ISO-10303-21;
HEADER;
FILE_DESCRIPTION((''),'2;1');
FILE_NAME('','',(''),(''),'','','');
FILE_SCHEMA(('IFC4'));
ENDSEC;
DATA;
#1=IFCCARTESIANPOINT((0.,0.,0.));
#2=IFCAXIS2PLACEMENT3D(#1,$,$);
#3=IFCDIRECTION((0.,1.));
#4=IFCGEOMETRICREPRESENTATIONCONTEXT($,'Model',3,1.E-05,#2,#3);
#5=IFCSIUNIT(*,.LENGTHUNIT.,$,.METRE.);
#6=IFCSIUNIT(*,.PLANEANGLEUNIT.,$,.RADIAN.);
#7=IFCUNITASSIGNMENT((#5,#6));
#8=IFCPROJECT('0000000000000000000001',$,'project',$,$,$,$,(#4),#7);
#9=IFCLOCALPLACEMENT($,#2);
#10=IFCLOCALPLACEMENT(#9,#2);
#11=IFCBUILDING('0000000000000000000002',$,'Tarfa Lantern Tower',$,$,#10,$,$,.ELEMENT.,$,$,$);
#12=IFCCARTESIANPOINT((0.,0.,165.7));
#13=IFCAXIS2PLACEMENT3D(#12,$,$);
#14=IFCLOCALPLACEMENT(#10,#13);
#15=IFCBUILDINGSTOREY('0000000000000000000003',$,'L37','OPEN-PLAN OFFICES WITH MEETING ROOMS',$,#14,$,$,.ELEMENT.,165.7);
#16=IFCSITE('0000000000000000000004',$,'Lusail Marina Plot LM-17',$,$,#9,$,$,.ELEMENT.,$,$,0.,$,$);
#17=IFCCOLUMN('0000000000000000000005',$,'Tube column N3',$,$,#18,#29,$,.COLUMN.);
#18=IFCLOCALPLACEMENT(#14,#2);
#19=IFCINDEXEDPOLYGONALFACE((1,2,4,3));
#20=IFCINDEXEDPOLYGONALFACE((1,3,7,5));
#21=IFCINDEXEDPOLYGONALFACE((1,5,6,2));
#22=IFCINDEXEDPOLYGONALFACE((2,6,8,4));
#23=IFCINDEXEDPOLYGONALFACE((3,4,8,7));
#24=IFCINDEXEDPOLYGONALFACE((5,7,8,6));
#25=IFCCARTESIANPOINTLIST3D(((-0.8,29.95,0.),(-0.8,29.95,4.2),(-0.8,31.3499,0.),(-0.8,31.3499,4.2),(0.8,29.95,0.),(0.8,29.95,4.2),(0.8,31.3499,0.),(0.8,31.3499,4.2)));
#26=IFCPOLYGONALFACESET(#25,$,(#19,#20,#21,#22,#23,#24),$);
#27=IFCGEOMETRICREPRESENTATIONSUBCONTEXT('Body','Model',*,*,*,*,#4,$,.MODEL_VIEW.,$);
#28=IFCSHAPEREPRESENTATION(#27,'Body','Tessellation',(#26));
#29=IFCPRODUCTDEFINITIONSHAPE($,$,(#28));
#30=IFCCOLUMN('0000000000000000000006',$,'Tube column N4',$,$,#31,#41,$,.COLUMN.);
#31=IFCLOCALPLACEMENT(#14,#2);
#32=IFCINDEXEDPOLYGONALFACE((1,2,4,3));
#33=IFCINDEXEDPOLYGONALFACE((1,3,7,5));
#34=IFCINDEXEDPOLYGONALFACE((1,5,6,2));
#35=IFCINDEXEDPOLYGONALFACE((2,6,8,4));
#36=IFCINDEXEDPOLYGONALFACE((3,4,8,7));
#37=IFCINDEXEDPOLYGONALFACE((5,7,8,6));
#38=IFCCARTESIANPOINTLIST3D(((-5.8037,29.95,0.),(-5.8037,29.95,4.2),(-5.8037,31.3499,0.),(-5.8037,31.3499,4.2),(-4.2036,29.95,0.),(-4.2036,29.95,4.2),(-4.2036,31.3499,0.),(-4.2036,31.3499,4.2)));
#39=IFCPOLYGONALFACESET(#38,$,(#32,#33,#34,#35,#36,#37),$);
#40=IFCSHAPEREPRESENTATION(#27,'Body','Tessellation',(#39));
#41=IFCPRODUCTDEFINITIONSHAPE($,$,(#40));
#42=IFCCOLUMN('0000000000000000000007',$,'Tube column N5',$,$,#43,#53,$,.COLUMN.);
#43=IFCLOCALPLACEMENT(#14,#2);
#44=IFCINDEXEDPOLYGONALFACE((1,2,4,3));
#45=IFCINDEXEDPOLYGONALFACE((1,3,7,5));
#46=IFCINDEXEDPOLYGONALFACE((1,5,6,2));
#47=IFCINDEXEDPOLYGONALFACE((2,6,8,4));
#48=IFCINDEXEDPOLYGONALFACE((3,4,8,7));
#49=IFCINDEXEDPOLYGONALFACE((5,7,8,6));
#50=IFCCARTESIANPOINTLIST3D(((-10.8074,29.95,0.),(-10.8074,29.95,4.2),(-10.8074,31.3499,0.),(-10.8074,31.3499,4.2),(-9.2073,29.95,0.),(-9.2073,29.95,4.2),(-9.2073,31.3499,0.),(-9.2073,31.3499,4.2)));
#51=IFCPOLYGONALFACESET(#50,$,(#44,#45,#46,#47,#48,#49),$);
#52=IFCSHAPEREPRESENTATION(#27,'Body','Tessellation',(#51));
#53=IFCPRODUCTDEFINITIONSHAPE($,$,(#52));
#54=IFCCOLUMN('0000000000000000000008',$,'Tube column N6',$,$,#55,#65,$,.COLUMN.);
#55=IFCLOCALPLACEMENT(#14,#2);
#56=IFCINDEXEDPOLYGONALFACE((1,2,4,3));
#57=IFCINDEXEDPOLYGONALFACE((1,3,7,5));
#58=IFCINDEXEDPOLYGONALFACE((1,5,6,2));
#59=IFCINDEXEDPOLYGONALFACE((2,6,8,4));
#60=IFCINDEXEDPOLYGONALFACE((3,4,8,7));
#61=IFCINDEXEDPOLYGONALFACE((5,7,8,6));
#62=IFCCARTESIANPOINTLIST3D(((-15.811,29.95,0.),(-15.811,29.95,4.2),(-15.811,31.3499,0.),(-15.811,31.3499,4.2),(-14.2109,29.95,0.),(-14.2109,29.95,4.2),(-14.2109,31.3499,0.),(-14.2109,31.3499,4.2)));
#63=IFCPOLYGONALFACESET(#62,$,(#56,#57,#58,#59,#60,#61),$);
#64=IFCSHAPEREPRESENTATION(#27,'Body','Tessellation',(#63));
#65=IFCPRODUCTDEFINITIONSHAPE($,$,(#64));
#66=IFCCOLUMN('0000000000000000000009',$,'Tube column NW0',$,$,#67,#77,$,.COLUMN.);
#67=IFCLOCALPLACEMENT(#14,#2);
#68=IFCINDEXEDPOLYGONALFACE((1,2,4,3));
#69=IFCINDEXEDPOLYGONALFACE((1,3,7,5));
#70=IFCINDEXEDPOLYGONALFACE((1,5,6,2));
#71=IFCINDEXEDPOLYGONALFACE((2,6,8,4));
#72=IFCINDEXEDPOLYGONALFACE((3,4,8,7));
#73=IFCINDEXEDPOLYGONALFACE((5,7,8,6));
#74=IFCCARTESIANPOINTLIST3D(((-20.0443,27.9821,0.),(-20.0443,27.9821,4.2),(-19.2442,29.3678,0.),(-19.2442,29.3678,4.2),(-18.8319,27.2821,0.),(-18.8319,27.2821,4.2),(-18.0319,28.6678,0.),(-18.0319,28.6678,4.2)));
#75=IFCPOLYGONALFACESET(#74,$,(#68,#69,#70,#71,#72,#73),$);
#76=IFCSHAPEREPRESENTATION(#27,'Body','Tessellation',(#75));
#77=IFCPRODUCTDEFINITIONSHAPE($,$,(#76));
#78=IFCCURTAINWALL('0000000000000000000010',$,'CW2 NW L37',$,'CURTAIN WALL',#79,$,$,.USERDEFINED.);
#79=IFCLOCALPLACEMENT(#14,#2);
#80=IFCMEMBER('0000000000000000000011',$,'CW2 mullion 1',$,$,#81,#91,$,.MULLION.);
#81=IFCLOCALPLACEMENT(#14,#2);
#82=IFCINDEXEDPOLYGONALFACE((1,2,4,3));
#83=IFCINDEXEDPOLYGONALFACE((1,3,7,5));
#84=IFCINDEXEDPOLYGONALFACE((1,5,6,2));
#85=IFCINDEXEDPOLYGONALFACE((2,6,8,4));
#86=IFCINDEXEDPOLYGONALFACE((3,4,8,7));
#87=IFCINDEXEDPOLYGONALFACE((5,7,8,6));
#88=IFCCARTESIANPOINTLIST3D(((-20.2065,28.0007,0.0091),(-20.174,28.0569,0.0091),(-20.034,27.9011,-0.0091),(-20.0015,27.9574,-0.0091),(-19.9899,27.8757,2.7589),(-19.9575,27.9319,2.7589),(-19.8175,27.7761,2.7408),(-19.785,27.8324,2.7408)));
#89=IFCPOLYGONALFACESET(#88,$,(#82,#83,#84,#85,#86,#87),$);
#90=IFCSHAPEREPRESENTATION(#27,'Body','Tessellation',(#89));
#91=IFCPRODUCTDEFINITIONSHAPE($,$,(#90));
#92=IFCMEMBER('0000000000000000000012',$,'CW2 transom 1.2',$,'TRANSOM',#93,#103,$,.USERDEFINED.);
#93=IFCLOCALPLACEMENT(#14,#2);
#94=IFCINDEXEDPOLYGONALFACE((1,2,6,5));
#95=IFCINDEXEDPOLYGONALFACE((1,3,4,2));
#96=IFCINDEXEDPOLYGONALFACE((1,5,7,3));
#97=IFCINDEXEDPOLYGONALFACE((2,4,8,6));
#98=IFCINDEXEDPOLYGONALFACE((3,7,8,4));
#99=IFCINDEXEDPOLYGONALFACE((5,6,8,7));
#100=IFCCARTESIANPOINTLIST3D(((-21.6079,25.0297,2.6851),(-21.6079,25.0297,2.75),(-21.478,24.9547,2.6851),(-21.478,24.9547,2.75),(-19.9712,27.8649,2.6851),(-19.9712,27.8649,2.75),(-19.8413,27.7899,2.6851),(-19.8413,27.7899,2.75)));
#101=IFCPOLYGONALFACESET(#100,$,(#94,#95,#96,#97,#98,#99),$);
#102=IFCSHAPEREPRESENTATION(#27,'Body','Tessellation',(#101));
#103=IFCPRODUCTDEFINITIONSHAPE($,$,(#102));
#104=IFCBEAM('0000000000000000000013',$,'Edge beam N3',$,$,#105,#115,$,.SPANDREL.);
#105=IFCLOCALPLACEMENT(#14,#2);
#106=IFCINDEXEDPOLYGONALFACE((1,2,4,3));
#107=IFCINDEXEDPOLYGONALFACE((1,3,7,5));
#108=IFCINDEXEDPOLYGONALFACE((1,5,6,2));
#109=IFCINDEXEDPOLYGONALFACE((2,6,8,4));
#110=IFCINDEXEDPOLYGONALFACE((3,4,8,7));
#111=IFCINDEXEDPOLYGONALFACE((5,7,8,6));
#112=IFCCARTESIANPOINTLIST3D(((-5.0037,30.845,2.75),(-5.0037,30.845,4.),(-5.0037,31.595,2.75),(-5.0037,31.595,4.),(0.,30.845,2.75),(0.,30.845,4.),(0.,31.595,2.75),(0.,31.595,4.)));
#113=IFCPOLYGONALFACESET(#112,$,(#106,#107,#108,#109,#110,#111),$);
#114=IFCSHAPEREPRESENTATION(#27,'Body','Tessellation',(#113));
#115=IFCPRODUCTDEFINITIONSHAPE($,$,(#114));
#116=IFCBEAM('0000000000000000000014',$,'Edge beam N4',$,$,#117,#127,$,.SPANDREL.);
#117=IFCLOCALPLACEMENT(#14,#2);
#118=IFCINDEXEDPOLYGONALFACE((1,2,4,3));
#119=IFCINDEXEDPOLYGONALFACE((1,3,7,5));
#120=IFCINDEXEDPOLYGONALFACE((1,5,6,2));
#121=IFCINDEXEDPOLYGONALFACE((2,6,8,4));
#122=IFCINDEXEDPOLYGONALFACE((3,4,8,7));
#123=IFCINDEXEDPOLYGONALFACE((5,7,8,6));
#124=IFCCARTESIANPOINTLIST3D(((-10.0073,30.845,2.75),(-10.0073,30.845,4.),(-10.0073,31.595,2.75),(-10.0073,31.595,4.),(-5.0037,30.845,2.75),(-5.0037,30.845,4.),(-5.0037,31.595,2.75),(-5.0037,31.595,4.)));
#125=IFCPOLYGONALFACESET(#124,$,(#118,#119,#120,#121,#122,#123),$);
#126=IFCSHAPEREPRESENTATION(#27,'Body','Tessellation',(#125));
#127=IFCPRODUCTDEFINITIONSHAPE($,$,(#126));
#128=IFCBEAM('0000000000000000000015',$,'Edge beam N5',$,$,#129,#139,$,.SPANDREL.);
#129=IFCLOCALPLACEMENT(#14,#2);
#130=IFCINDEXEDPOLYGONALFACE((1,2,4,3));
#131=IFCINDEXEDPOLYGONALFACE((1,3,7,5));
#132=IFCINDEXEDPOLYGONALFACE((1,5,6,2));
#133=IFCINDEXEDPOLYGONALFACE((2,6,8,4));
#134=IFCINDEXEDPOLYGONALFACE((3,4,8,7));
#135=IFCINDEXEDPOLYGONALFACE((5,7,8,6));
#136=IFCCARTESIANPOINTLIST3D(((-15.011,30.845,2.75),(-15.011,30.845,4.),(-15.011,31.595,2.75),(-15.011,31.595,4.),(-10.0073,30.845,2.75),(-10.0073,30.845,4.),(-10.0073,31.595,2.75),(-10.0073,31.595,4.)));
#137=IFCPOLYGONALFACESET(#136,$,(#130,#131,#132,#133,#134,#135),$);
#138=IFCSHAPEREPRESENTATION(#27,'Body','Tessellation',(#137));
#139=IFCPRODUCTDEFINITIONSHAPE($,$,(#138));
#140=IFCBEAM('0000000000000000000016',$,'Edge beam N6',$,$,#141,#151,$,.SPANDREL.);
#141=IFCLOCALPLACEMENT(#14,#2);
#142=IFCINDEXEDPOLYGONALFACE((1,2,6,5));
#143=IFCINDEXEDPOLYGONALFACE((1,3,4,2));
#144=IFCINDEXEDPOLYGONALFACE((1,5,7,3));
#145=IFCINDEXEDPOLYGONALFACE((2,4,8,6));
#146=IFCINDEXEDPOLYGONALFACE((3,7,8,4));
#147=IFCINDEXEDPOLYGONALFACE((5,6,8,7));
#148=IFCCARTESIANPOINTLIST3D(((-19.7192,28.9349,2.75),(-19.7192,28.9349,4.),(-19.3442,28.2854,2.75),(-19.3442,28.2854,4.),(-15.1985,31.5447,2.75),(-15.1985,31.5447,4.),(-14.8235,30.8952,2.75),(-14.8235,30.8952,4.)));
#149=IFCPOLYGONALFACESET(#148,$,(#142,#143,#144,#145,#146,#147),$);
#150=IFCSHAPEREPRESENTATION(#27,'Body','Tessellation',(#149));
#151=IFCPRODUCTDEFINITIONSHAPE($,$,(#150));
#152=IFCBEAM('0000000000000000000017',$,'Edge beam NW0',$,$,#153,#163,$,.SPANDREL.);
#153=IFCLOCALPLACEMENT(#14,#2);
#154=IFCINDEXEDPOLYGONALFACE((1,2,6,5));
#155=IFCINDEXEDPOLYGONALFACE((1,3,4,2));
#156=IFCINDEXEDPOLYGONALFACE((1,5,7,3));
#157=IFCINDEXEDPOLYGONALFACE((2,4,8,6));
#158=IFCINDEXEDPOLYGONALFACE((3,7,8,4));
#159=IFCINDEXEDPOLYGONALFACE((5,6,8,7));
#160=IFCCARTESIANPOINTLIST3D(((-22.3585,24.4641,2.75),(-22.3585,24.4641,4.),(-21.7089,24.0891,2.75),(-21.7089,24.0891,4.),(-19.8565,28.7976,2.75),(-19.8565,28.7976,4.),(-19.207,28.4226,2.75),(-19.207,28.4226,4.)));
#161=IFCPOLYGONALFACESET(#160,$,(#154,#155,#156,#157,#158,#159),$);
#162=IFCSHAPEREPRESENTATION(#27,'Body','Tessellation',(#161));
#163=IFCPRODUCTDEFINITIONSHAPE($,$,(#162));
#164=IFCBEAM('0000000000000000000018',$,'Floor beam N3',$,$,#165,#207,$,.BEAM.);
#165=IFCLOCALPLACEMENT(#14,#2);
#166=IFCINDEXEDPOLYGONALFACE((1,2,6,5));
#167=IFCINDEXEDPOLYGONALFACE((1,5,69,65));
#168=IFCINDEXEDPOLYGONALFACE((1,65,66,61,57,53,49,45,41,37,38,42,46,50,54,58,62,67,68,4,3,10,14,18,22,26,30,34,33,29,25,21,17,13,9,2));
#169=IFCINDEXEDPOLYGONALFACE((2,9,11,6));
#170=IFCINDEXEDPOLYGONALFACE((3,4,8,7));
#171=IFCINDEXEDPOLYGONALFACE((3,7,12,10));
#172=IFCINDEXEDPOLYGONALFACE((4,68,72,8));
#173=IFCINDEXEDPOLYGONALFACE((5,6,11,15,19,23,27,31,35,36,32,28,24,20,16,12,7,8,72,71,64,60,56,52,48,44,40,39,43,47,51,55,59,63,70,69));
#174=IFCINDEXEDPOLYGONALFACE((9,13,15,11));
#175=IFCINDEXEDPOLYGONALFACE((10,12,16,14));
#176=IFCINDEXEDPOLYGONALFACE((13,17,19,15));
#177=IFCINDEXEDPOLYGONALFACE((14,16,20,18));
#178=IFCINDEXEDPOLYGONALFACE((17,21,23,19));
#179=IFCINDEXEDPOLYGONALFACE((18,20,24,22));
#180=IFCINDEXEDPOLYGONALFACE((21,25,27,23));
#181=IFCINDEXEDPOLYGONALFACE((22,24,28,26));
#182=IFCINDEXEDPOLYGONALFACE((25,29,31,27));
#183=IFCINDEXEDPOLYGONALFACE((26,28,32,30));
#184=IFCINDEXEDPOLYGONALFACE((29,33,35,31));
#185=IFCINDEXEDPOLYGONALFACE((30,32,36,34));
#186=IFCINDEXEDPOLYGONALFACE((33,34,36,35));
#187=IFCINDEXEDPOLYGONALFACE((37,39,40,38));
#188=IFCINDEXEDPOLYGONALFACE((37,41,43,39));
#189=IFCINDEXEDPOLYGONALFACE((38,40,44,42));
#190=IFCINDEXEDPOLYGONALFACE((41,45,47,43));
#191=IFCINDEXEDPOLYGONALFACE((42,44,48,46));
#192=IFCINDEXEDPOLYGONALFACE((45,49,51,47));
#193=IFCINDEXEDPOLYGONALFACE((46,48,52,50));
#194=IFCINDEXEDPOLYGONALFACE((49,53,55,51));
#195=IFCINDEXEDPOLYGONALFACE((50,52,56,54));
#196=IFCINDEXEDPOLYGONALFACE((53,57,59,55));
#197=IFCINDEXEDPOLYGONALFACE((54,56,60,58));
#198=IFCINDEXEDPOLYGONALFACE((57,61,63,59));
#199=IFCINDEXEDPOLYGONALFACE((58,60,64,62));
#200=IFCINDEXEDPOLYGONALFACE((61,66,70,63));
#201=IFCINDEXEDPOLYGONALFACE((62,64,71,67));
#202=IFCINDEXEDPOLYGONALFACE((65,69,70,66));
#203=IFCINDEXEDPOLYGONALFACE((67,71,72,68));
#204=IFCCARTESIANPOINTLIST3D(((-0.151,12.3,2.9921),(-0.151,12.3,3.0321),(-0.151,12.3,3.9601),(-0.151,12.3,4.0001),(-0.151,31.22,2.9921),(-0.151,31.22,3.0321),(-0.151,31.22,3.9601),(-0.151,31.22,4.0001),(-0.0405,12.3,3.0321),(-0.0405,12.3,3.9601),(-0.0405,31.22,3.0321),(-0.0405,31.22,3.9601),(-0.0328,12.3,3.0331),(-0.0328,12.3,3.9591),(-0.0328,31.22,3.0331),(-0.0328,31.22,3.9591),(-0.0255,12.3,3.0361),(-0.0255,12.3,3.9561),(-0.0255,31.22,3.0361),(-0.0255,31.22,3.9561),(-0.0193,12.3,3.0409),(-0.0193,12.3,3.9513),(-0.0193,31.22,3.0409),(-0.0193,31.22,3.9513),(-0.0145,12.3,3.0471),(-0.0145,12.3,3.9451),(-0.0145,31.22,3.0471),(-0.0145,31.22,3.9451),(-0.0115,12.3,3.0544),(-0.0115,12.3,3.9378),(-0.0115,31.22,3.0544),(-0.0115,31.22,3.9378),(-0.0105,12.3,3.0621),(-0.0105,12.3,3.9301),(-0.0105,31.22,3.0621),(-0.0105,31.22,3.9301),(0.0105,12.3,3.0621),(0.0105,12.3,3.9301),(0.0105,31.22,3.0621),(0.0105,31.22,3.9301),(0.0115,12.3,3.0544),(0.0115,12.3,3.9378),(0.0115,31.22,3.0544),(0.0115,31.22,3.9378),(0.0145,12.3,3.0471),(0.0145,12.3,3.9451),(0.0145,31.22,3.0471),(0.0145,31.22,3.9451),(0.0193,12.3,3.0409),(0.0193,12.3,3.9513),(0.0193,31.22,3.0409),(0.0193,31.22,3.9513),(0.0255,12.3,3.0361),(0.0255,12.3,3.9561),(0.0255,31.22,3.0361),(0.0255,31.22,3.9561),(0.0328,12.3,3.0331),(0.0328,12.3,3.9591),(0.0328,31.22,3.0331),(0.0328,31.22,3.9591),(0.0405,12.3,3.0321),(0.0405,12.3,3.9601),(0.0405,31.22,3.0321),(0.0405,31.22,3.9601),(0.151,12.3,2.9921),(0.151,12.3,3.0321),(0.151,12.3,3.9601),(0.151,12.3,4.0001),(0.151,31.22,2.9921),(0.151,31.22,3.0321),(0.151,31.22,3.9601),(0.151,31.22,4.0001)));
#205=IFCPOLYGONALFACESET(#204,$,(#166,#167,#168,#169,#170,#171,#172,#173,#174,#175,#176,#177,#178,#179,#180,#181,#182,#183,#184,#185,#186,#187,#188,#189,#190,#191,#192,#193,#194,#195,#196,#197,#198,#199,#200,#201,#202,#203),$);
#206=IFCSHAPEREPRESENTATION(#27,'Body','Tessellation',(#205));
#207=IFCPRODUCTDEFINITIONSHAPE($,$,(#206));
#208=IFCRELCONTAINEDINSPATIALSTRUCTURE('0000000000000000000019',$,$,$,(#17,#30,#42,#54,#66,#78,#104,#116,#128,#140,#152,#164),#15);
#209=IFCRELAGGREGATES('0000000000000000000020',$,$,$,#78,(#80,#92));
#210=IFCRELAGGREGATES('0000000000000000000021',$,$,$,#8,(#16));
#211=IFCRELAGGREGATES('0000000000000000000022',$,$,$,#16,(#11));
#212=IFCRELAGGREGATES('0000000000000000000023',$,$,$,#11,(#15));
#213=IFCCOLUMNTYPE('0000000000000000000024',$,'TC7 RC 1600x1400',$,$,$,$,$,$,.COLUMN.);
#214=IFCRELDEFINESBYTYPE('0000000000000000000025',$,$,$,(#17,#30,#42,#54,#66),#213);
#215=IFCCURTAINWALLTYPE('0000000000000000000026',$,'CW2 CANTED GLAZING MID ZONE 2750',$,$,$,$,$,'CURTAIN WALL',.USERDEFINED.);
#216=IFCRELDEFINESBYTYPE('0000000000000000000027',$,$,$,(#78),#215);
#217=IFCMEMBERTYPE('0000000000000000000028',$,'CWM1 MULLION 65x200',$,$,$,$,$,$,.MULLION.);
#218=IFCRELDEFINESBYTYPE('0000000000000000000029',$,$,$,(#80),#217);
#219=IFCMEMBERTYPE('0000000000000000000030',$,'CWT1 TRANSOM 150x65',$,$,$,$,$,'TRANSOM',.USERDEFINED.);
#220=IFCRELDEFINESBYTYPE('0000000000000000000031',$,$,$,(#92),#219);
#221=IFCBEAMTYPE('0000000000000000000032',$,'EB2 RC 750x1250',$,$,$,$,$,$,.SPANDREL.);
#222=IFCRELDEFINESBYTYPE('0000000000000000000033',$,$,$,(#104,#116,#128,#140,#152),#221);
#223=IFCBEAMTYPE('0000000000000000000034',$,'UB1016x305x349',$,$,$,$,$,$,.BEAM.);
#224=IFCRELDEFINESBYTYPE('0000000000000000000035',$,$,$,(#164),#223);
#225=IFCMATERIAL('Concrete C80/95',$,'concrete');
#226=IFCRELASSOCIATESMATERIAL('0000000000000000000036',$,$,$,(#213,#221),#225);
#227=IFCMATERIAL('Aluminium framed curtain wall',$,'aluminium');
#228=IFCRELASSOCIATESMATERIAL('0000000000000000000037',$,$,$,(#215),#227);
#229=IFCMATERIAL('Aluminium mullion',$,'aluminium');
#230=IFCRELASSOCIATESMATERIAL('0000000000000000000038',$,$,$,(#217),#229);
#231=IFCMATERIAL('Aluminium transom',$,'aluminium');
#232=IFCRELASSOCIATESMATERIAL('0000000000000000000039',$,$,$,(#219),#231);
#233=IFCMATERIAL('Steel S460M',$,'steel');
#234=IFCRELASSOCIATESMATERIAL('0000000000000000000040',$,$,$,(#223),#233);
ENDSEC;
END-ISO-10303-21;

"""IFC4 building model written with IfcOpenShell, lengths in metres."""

from ifc_helpers import new_model, si_unit, direction, frame, origin, origin_2d, place, context, subcontext, project, spatial, rectangle, i_section, extrude, material, material_profile, profile_set, type_object, element, aggregate, save


model = new_model("IFC4")

# Units and contexts
model_context = context("Model", 3, precision=1e-05, world=origin(), true_north=direction((0.0, 1.0)))
body_context = subcontext(model_context, "Body", "Model", "MODEL_VIEW")
ifc_project = project(units=[si_unit("LENGTHUNIT", "METRE"), si_unit("PLANEANGLEUNIT", "RADIAN")], contexts=[model_context])

# Site, building, storey
site_placement = place(None, origin())
site = spatial("IfcSite", under=ifc_project, at=site_placement, Name="Lusail Marina Plot LM-17", CompositionType="ELEMENT", RefElevation=0.0)
building_placement = place(site_placement, origin())
building = spatial("IfcBuilding", under=site, at=building_placement, Name="Tarfa Lantern Tower", CompositionType="ELEMENT")
storey_placement = place(building_placement, frame((0.0, 0.0, 165.7)))
storey = spatial("IfcBuildingStorey", under=building, at=storey_placement, Name="L37", Description="OPEN-PLAN OFFICES WITH MEETING ROOMS", CompositionType="ELEMENT", Elevation=165.7)

# Columns
ifc_material_1 = material(Name="Concrete C80/95", Category="concrete")
ifc_material_profile_1 = material_profile(ifc_material_1, rectangle(XDim=1.6001, YDim=1.3999, at=origin_2d()), Name="RC 1600x1400")
ifc_profile_set_1 = profile_set([ifc_material_profile_1], Name="Concrete C80/95")
column_type = type_object("IfcColumnType", Name="TC7 RC 1600x1400", PredefinedType="COLUMN", material=ifc_profile_set_1)
for number, where, z_axis, x_axis, name in (
    (1, (0.0, 30.6499, 0.0), (0.0, 0.0, 1.0), (-1.0, 0.0, 0.0), "Tube column N3"),
    (2, (-5.0037, 30.6499, 0.0), (0.0, 0.0, 1.0), (-1.0, 0.0, 0.0), "Tube column N4"),
    (3, (-10.0073, 30.6499, 0.0), (0.0, 0.0, 1.0), (-1.0, 0.0, 0.0), "Tube column N5"),
    (4, (-15.011, 30.6499, 0.0), (0.0, 0.0, 1.0), (-1.0, 0.0, 0.0), "Tube column N6"),
    (5, (-19.0381, 28.325, 0.0), (0.0, 0.0, 1.0), (-0.5, -0.866025, 0.0), "Tube column NW0"),
):
    element("IfcColumn", number, at=place(storey_placement, frame(where, z_axis=z_axis, x_axis=x_axis)), inside=storey, type_object=column_type, Name=name, PredefinedType="COLUMN", context=body_context, shape_type="SweptSolid", body=[
        extrude(rectangle(XDim=1.6001, YDim=1.3999, at=origin_2d()), origin(), (0.0, 0.0, 1.0), 4.2),
    ])

# Curtain wall, members
ifc_material_2 = material(Name="Aluminium framed curtain wall", Category="aluminium")
curtain_wall_type = type_object("IfcCurtainWallType", Name="CW2 CANTED GLAZING MID ZONE 2750", ElementType="CURTAIN WALL", PredefinedType="USERDEFINED", material=ifc_material_2)
curtain_wall_placement = place(storey_placement, origin())
curtain_wall = element("IfcCurtainWall", 6, at=curtain_wall_placement, inside=storey, type_object=curtain_wall_type, Name="CW2 NW L37", ObjectType="CURTAIN WALL", PredefinedType="USERDEFINED")
ifc_material_3 = material(Name="Aluminium mullion", Category="aluminium")
ifc_material_profile_2 = material_profile(ifc_material_3, rectangle(XDim=0.0649, YDim=0.2, at=origin_2d()), Name="AL MULLION 65x200")
ifc_profile_set_2 = profile_set([ifc_material_profile_2], Name="Aluminium mullion")
member_type_1 = type_object("IfcMemberType", Name="CWM1 MULLION 65x200", PredefinedType="MULLION", material=ifc_profile_set_2)
member_1_placement = place(storey_placement, frame((-20.104, 27.979, 0.0), z_axis=(0.078423, -0.045268, 0.995892), x_axis=(0.49992, 0.866072, 0.0)))
member_1 = element("IfcMember", 7, at=member_1_placement, type_object=member_type_1, Name="CW2 mullion 1", PredefinedType="MULLION", context=body_context, shape_type="SweptSolid", body=[
    extrude(rectangle(XDim=0.0649, YDim=0.2, at=origin_2d()), origin(), (0.0, 0.0, 1.0), 2.7612),
])
ifc_material_4 = material(Name="Aluminium transom", Category="aluminium")
ifc_material_profile_3 = material_profile(ifc_material_4, rectangle(XDim=0.1499, YDim=0.0649, at=origin_2d()), Name="AL TRANSOM 150x65")
ifc_profile_set_3 = profile_set([ifc_material_profile_3], Name="Aluminium transom")
member_type_2 = type_object("IfcMemberType", Name="CWT1 TRANSOM 150x65", ElementType="TRANSOM", PredefinedType="USERDEFINED", material=ifc_profile_set_3)
member_2_placement = place(storey_placement, frame((-19.9062, 27.8274, 2.7175), z_axis=(-0.499957, -0.86605, 0.0), x_axis=(0.86605, -0.499957, 0.0)))
member_2 = element("IfcMember", 8, at=member_2_placement, type_object=member_type_2, Name="CW2 transom 1.2", ObjectType="TRANSOM", PredefinedType="USERDEFINED", context=body_context, shape_type="SweptSolid", body=[
    extrude(rectangle(XDim=0.1499, YDim=0.0649, at=origin_2d()), origin(), (0.0, 0.0, 1.0), 3.2737),
])

# Beams
ifc_material_profile_4 = material_profile(ifc_material_1, rectangle(XDim=0.75, YDim=1.25, at=origin_2d()), Name="RC 750x1250")
ifc_profile_set_4 = profile_set([ifc_material_profile_4], Name="Concrete C80/95")
beam_type_1 = type_object("IfcBeamType", Name="EB2 RC 750x1250", PredefinedType="SPANDREL", material=ifc_profile_set_4)
for number, where, z_axis, x_axis, name in (
    (9, (0.0, 31.22, 3.375), (-1.0, 0.0, 0.0), (0.0, -1.0, 0.0), "Edge beam N3"),
    (10, (-5.0037, 31.22, 3.375), (-1.0, 0.0, 0.0), (0.0, -1.0, 0.0), "Edge beam N4"),
    (11, (-10.0073, 31.22, 3.375), (-1.0, 0.0, 0.0), (0.0, -1.0, 0.0), "Edge beam N5"),
):
    element("IfcBeam", number, at=place(storey_placement, frame(where, z_axis=z_axis, x_axis=x_axis)), inside=storey, type_object=beam_type_1, Name=name, PredefinedType="SPANDREL", context=body_context, shape_type="SweptSolid", body=[
        extrude(rectangle(XDim=0.75, YDim=1.25, at=origin_2d()), origin(), (0.0, 0.0, 1.0), 5.0037),
    ])
beam_1_placement = place(storey_placement, frame((-15.011, 31.22, 3.375), z_axis=(-0.866042, -0.499972, 0.0), x_axis=(0.499972, -0.866042, 0.0)))
element("IfcBeam", 12, at=beam_1_placement, inside=storey, type_object=beam_type_1, Name="Edge beam N6", PredefinedType="SPANDREL", context=body_context, shape_type="SweptSolid", body=[
    extrude(rectangle(XDim=0.75, YDim=1.25, at=origin_2d()), origin(), (0.0, 0.0, 1.0), 5.22),
])
beam_2_placement = place(storey_placement, frame((-19.5317, 28.6101, 3.375), z_axis=(-0.500001, -0.866025, 0.0), x_axis=(0.866025, -0.500001, 0.0)))
element("IfcBeam", 13, at=beam_2_placement, inside=storey, type_object=beam_type_1, Name="Edge beam NW0", PredefinedType="SPANDREL", context=body_context, shape_type="SweptSolid", body=[
    extrude(rectangle(XDim=0.75, YDim=1.25, at=origin_2d()), origin(), (0.0, 0.0, 1.0), 5.0039),
])
ifc_material_5 = material(Name="Steel S460M", Category="steel")
ifc_material_profile_5 = material_profile(ifc_material_5, i_section(OverallWidth=0.302, OverallDepth=1.0081, WebThickness=0.021, FlangeThickness=0.04, FilletRadius=0.03, at=origin_2d()), Name="UB1016x305x349")
ifc_profile_set_5 = profile_set([ifc_material_profile_5], Name="Steel S460M")
beam_type_2 = type_object("IfcBeamType", Name="UB1016x305x349", PredefinedType="BEAM", material=ifc_profile_set_5)
for number, where, z_axis, x_axis, name in (
    (14, (0.0, 31.22, 3.4961), (0.0, -1.0, 0.0), (1.0, 0.0, 0.0), "Floor beam N3"),
):
    element("IfcBeam", number, at=place(storey_placement, frame(where, z_axis=z_axis, x_axis=x_axis)), inside=storey, type_object=beam_type_2, Name=name, PredefinedType="BEAM", context=body_context, shape_type="SweptSolid", body=[
        extrude(i_section(OverallWidth=0.302, OverallDepth=1.0081, WebThickness=0.021, FlangeThickness=0.04, FilletRadius=0.03, at=origin_2d()), origin(), (0.0, 0.0, 1.0), 18.9199),
    ])

aggregate(curtain_wall, [member_1, member_2])

save(model, "model.ifc")
